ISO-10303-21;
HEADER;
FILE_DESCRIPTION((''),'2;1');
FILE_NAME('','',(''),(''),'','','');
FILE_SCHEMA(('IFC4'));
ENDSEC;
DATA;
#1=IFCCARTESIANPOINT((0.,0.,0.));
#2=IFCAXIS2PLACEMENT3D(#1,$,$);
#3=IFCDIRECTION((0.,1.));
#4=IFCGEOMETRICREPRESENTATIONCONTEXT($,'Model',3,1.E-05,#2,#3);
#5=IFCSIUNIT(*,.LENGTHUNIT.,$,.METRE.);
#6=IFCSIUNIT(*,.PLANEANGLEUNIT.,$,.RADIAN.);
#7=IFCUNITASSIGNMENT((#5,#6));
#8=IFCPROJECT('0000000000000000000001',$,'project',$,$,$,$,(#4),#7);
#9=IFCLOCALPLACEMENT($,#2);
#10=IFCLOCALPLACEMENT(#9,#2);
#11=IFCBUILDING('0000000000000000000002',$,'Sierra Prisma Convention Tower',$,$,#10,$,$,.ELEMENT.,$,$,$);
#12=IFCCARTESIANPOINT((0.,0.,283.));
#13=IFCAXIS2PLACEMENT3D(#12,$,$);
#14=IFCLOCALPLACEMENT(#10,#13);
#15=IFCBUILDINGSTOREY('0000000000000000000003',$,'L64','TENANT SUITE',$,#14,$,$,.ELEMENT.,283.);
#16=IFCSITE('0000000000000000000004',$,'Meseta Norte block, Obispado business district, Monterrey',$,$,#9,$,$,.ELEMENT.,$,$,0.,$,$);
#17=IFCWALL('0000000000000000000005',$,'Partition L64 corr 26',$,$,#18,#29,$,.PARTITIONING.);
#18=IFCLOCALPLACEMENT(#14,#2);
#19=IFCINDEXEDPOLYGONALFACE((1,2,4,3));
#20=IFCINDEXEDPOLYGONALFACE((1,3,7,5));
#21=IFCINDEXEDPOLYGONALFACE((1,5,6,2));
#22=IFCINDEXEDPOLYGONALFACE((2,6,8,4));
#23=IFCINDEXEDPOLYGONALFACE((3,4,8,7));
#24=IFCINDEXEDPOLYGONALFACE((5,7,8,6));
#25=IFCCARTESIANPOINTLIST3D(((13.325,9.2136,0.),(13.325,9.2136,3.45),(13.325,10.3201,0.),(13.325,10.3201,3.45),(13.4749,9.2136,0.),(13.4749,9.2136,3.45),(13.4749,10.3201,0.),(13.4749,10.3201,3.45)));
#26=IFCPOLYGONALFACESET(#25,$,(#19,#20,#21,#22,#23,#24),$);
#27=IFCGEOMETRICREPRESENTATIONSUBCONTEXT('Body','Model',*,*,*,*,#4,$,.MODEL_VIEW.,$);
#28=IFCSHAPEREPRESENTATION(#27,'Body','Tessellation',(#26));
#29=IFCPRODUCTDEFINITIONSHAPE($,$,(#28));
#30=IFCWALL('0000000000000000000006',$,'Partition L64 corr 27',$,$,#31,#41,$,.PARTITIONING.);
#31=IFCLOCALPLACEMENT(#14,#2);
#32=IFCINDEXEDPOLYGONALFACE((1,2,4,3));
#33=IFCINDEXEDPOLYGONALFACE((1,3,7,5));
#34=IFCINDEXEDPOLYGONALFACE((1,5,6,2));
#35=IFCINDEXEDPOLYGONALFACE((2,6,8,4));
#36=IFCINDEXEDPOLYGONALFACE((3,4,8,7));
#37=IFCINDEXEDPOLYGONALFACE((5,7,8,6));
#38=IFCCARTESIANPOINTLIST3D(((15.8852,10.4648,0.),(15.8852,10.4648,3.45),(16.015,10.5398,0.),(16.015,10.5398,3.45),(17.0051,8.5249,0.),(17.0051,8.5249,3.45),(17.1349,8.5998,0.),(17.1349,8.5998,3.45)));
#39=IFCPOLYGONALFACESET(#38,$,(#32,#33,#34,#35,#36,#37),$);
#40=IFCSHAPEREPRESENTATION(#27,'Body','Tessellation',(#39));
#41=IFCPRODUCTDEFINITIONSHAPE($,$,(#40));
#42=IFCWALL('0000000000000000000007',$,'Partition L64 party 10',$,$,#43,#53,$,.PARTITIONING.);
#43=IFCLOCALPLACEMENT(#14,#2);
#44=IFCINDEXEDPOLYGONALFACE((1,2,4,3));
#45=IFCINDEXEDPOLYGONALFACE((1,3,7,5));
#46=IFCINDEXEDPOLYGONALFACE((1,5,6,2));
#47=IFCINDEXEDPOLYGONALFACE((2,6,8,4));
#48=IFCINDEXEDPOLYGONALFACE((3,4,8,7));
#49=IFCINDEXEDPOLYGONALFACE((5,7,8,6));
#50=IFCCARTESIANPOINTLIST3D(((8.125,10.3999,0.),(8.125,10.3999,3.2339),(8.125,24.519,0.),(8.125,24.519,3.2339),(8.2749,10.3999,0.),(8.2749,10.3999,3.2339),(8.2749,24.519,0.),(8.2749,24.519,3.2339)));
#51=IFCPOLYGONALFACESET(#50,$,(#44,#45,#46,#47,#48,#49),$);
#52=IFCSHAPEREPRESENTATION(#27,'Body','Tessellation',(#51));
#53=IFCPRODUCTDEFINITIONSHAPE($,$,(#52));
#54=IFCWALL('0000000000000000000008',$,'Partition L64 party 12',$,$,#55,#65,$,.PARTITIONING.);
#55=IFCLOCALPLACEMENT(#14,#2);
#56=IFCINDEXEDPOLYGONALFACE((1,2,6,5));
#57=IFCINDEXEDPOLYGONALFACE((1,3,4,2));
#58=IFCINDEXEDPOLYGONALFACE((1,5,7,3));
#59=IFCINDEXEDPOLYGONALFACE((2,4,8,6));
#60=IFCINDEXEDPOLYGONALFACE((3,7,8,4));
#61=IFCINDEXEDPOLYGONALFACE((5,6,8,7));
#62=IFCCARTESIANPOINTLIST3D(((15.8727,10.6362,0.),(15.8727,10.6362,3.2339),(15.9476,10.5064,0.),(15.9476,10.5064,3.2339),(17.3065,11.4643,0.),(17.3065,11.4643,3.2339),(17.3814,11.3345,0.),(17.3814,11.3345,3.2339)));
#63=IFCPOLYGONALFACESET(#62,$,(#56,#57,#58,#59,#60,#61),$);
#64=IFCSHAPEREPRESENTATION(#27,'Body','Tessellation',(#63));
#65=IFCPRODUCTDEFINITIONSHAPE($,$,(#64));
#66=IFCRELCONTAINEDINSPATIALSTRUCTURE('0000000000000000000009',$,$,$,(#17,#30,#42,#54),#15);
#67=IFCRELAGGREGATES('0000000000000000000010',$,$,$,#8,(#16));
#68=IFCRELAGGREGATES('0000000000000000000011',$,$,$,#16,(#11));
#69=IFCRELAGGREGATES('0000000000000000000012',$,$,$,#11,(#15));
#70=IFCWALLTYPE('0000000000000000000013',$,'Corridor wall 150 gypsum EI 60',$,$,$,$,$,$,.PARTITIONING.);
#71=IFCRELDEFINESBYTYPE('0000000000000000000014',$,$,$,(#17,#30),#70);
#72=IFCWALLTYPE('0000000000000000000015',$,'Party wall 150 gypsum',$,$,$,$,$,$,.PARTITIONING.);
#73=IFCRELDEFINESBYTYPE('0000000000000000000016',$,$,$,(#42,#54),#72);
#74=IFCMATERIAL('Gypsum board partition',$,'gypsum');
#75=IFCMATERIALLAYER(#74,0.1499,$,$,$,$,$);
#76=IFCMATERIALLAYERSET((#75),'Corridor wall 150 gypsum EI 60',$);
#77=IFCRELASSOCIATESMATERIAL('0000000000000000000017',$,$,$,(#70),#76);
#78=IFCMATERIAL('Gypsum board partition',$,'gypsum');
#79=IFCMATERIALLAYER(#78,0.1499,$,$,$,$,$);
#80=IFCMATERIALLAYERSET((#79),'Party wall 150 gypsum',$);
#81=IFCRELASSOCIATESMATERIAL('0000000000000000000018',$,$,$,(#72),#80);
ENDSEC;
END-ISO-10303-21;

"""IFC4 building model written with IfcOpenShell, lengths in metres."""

from ifc_helpers import new_model, si_unit, direction, frame, frame_2d, origin, place, context, subcontext, project, spatial, rectangle, extrude, material, layer, layer_set, type_object, element, save


model = new_model("IFC4")

# Units and contexts
model_context = context("Model", 3, precision=1e-05, world=origin(), true_north=direction((0.0, 1.0)))
body_context = subcontext(model_context, "Body", "Model", "MODEL_VIEW")
ifc_project = project(units=[si_unit("LENGTHUNIT", "METRE"), si_unit("PLANEANGLEUNIT", "RADIAN")], contexts=[model_context])

# Site, building, storey
site_placement = place(None, origin())
site = spatial("IfcSite", under=ifc_project, at=site_placement, Name="Meseta Norte block, Obispado business district, Monterrey", CompositionType="ELEMENT", RefElevation=0.0)
building_placement = place(site_placement, origin())
building = spatial("IfcBuilding", under=site, at=building_placement, Name="Sierra Prisma Convention Tower", CompositionType="ELEMENT")
storey_placement = place(building_placement, frame((0.0, 0.0, 283.0)))
storey = spatial("IfcBuildingStorey", under=building, at=storey_placement, Name="L64", Description="TENANT SUITE", CompositionType="ELEMENT", Elevation=283.0)

# Shared definitions
ifc_material_1 = material(Name="Gypsum board partition", Category="gypsum")
ifc_layer_1 = layer(ifc_material_1, 0.1499)
ifc_layer_set_1 = layer_set([ifc_layer_1], Name="Corridor wall 150 gypsum EI 60")
wall_type_1 = type_object("IfcWallType", Name="Corridor wall 150 gypsum EI 60", PredefinedType="PARTITIONING", material=ifc_layer_set_1)

# Walls
wall_1_placement = place(storey_placement, frame((13.3999, 9.2136, 0.0), z_axis=(0.0, 0.0, 1.0), x_axis=(0.0, 1.0, 0.0)))
element("IfcWall", 1, at=wall_1_placement, inside=storey, type_object=wall_type_1, Name="Partition L64 corr 26", PredefinedType="PARTITIONING", context=body_context, shape_type="SweptSolid", body=[
    extrude(rectangle(XDim=1.1064, YDim=0.1499, at=frame_2d((0.5532, 0.0))), origin(), (0.0, 0.0, 1.0), 3.45),
])
wall_2_placement = place(storey_placement, frame((17.0701, 8.5623, 0.0), z_axis=(0.0, 0.0, 1.0), x_axis=(-0.499949, 0.866055, 0.0)))
element("IfcWall", 2, at=wall_2_placement, inside=storey, type_object=wall_type_1, Name="Partition L64 corr 27", PredefinedType="PARTITIONING", context=body_context, shape_type="SweptSolid", body=[
    extrude(rectangle(XDim=2.24, YDim=0.1499, at=frame_2d((1.1201, 0.0))), origin(), (0.0, 0.0, 1.0), 3.45),
])
ifc_material_2 = material(Name="Gypsum board partition", Category="gypsum")
ifc_layer_2 = layer(ifc_material_2, 0.1499)
ifc_layer_set_2 = layer_set([ifc_layer_2], Name="Party wall 150 gypsum")
wall_type_2 = type_object("IfcWallType", Name="Party wall 150 gypsum", PredefinedType="PARTITIONING", material=ifc_layer_set_2)
wall_3_placement = place(storey_placement, frame((8.2, 10.3999, 0.0), z_axis=(0.0, 0.0, 1.0), x_axis=(0.0, 1.0, 0.0)))
element("IfcWall", 3, at=wall_3_placement, inside=storey, type_object=wall_type_2, Name="Partition L64 party 10", PredefinedType="PARTITIONING", context=body_context, shape_type="SweptSolid", body=[
    extrude(rectangle(XDim=14.1191, YDim=0.1499, at=frame_2d((7.0596, 0.0))), origin(), (0.0, 0.0, 1.0), 3.2339),
])
wall_4_placement = place(storey_placement, frame((15.9102, 10.5713, 0.0), z_axis=(0.0, 0.0, 1.0), x_axis=(0.865947, 0.500135, 0.0)))
element("IfcWall", 4, at=wall_4_placement, inside=storey, type_object=wall_type_2, Name="Partition L64 party 12", PredefinedType="PARTITIONING", context=body_context, shape_type="SweptSolid", body=[
    extrude(rectangle(XDim=1.6558, YDim=0.1499, at=frame_2d((0.8279, 0.0))), origin(), (0.0, 0.0, 1.0), 3.2339),
])

save(model, "model.ifc")
